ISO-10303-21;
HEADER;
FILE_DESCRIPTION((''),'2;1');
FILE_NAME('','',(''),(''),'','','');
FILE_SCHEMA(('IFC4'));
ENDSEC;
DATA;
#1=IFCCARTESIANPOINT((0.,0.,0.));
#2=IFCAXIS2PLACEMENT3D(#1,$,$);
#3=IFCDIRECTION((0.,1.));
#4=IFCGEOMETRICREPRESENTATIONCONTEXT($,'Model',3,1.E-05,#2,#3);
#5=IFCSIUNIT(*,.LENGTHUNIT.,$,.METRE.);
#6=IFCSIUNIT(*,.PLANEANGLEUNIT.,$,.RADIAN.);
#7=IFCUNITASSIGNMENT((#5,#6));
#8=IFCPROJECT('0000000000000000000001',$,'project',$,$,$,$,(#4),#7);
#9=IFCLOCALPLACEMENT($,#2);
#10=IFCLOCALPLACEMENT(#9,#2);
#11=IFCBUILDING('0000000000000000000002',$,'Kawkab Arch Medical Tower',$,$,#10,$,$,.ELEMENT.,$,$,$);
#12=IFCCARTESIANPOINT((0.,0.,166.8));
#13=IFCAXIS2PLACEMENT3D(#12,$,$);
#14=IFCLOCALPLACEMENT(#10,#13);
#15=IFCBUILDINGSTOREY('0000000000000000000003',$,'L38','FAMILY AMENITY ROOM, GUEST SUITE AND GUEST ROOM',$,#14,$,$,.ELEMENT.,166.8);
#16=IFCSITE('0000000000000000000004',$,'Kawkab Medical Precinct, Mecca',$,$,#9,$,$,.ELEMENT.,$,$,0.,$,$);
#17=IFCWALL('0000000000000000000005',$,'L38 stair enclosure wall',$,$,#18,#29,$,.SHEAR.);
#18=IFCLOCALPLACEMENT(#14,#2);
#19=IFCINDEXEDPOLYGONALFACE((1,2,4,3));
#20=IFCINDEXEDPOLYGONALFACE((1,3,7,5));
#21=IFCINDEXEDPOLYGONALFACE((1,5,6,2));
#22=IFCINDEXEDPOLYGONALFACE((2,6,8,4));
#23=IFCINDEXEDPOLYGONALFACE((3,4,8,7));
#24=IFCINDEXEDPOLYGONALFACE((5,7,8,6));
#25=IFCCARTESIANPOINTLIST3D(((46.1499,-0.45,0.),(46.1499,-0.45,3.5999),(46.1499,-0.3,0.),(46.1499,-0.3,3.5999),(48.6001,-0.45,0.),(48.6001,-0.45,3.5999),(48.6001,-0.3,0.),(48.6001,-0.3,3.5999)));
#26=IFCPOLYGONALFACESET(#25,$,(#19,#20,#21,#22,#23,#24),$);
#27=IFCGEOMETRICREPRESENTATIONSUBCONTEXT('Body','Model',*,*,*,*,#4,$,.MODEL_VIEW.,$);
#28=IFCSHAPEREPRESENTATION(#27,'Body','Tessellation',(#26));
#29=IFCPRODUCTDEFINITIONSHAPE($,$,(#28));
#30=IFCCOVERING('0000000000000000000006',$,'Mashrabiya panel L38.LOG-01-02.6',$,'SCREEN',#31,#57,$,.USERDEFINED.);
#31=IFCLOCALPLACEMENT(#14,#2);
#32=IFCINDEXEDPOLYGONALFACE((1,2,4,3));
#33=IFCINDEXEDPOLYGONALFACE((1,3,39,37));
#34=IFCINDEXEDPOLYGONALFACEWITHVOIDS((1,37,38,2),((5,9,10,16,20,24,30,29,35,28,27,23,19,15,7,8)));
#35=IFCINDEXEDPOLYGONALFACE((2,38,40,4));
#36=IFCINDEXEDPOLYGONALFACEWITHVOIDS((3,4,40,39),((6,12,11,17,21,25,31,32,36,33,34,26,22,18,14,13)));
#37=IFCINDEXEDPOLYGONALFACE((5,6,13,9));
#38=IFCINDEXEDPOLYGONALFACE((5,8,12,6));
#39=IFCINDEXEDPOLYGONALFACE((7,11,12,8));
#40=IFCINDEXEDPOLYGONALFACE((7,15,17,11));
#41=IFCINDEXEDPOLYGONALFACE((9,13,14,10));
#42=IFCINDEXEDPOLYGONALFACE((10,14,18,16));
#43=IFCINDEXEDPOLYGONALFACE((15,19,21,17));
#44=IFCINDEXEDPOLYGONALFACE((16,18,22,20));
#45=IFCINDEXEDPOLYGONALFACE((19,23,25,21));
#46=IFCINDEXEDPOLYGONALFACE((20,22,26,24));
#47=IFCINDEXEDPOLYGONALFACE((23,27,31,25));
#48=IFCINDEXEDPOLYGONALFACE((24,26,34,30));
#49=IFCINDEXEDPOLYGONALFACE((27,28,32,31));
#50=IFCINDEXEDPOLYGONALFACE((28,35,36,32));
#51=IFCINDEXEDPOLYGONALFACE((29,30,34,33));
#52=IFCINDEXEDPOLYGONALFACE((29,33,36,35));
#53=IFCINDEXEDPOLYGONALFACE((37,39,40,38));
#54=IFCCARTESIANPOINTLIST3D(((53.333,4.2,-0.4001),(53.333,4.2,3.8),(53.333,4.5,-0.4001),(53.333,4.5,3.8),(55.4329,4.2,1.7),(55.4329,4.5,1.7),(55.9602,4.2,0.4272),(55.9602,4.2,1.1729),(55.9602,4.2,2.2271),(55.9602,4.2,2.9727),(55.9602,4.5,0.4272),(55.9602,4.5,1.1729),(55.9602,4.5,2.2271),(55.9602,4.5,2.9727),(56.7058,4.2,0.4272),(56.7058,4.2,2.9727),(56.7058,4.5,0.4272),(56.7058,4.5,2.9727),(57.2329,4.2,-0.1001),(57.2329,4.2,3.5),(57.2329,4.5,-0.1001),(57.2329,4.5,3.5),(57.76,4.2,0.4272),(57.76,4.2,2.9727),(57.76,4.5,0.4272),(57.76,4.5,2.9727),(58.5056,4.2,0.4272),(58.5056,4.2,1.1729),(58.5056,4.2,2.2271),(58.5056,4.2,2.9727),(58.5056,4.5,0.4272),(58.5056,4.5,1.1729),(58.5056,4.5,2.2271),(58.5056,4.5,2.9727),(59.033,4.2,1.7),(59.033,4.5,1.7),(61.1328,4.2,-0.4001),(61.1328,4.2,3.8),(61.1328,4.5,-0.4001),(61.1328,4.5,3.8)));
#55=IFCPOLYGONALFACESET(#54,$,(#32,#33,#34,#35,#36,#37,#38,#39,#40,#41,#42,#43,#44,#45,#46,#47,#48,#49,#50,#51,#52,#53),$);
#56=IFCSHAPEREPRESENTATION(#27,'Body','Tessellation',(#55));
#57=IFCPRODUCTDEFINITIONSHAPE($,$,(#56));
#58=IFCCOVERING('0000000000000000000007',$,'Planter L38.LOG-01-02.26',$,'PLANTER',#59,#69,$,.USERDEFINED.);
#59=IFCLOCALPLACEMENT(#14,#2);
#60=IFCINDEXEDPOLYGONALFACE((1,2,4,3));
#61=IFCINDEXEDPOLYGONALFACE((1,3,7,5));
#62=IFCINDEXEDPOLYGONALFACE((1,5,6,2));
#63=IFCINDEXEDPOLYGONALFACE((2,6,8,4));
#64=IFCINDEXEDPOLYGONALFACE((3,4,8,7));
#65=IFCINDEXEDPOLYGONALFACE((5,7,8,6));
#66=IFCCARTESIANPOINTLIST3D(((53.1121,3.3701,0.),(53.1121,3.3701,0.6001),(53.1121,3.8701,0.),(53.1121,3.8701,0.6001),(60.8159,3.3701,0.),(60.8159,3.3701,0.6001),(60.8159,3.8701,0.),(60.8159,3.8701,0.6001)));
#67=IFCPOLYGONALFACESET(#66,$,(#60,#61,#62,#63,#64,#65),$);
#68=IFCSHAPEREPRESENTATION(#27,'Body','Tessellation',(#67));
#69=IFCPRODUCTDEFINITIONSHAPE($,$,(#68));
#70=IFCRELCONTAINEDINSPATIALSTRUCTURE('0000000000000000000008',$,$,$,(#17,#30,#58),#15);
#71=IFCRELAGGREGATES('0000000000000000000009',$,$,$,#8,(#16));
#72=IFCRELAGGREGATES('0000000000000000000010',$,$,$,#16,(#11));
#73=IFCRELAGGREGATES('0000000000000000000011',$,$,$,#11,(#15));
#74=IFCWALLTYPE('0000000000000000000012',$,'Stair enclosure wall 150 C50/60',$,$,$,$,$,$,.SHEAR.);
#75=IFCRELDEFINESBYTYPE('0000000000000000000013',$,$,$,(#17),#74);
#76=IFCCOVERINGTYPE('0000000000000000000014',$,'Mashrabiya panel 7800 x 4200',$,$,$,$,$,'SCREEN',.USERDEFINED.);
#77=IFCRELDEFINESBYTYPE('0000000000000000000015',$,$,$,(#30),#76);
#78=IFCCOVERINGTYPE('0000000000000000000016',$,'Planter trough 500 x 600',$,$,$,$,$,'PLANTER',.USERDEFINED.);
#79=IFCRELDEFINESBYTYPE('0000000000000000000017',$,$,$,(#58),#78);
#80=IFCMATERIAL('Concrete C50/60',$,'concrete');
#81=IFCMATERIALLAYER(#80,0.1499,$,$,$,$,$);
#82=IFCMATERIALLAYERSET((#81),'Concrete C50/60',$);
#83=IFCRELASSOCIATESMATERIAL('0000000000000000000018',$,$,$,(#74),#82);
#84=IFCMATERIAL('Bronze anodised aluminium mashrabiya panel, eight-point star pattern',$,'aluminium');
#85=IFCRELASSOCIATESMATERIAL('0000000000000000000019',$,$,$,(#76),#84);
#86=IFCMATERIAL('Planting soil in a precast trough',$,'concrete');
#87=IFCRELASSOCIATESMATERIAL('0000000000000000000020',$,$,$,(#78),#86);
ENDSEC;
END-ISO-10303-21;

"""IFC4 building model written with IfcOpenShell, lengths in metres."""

from ifc_helpers import new_model, si_unit, direction, frame, frame_2d, origin, origin_2d, place, context, subcontext, project, spatial, polyline, rectangle, outline, extrude, material, layer, layer_set, material_profile, profile_set, type_object, element, save


model = new_model("IFC4")

# Units and contexts
model_context = context("Model", 3, precision=1e-05, world=origin(), true_north=direction((0.0, 1.0)))
body_context = subcontext(model_context, "Body", "Model", "MODEL_VIEW")
ifc_project = project(units=[si_unit("LENGTHUNIT", "METRE"), si_unit("PLANEANGLEUNIT", "RADIAN")], contexts=[model_context])

# Site, building, storey
site_placement = place(None, origin())
site = spatial("IfcSite", under=ifc_project, at=site_placement, Name="Kawkab Medical Precinct, Mecca", CompositionType="ELEMENT", RefElevation=0.0)
building_placement = place(site_placement, origin())
building = spatial("IfcBuilding", under=site, at=building_placement, Name="Kawkab Arch Medical Tower", CompositionType="ELEMENT")
storey_placement = place(building_placement, frame((0.0, 0.0, 166.8)))
storey = spatial("IfcBuildingStorey", under=building, at=storey_placement, Name="L38", Description="FAMILY AMENITY ROOM, GUEST SUITE AND GUEST ROOM", CompositionType="ELEMENT", Elevation=166.8)

# Wall
ifc_material_1 = material(Name="Concrete C50/60", Category="concrete")
ifc_layer_1 = layer(ifc_material_1, 0.1499)
ifc_layer_set_1 = layer_set([ifc_layer_1], Name="Concrete C50/60")
wall_type_1 = type_object("IfcWallType", Name="Stair enclosure wall 150 C50/60", PredefinedType="SHEAR", material=ifc_layer_set_1)
wall_1_placement = place(storey_placement, frame((46.1499, -0.375, 0.0), z_axis=(0.0, 0.0, 1.0), x_axis=(1.0, 0.0, 0.0)))
element("IfcWall", 1, at=wall_1_placement, inside=storey, type_object=wall_type_1, Name="L38 stair enclosure wall", PredefinedType="SHEAR", context=body_context, shape_type="SweptSolid", body=[
    extrude(rectangle(XDim=2.4502, YDim=0.1499, at=frame_2d((1.2251, 0.0))), origin(), (0.0, 0.0, 1.0), 3.5999),
])

# Coverings
ifc_material_2 = material(Name="Bronze anodised aluminium mashrabiya panel, eight-point star pattern", Category="aluminium")
ifc_material_profile_1 = material_profile(ifc_material_2, outline(polyline([(-3.8999, -2.1001), (3.8999, -2.1001), (3.8999, 2.1001), (-3.8999, 2.1001), (-3.8999, -2.1001)]), holes=[polyline([(1.8, 0.0), (1.2727, 0.5271), (1.2727, 1.2727), (0.5271, 1.2727), (0.0, 1.8), (-0.5271, 1.2727), (-1.2727, 1.2727), (-1.2727, 0.5271), (-1.8, 0.0), (-1.2727, -0.5271), (-1.2727, -1.2727), (-0.5271, -1.2727), (0.0, -1.8), (0.5271, -1.2727), (1.2727, -1.2727), (1.2727, -0.5271), (1.8, 0.0)])]), Name="Mashrabiya panel 7800x4200")
ifc_profile_set_1 = profile_set([ifc_material_profile_1], Name="Bronze anodised aluminium mashrabiya panel, eight-point star pattern")
covering_type_1 = type_object("IfcCoveringType", Name="Mashrabiya panel 7800 x 4200", ElementType="SCREEN", PredefinedType="USERDEFINED", material=ifc_profile_set_1)
covering_1_placement = place(storey_placement, frame((57.2329, 4.2, 1.7), z_axis=(0.0, 1.0, 0.0), x_axis=(-1.0, 0.0, 0.0)))
element("IfcCovering", 2, at=covering_1_placement, inside=storey, type_object=covering_type_1, Name="Mashrabiya panel L38.LOG-01-02.6", ObjectType="SCREEN", PredefinedType="USERDEFINED", context=body_context, shape_type="SweptSolid", body=[
    extrude(outline(polyline([(-3.8999, -2.1001), (3.8999, -2.1001), (3.8999, 2.1001), (-3.8999, 2.1001), (-3.8999, -2.1001)]), holes=[polyline([(1.8, 0.0), (1.2727, 0.5271), (1.2727, 1.2727), (0.5271, 1.2727), (0.0, 1.8), (-0.5271, 1.2727), (-1.2727, 1.2727), (-1.2727, 0.5271), (-1.8, 0.0), (-1.2727, -0.5271), (-1.2727, -1.2727), (-0.5271, -1.2727), (0.0, -1.8), (0.5271, -1.2727), (1.2727, -1.2727), (1.2727, -0.5271), (1.8, 0.0)])]), origin(), (0.0, 0.0, 1.0), 0.3),
])
ifc_material_3 = material(Name="Planting soil in a precast trough", Category="concrete")
ifc_material_profile_2 = material_profile(ifc_material_3, rectangle(XDim=0.5, YDim=0.6001, at=origin_2d()), Name="Trough 500x600")
ifc_profile_set_2 = profile_set([ifc_material_profile_2], Name="Planting soil in a precast trough")
covering_type_2 = type_object("IfcCoveringType", Name="Planter trough 500 x 600", ElementType="PLANTER", PredefinedType="USERDEFINED", material=ifc_profile_set_2)
covering_2_placement = place(storey_placement, frame((53.1121, 3.6201, 0.3), z_axis=(1.0, 0.0, 0.0), x_axis=(0.0, 1.0, 0.0)))
element("IfcCovering", 3, at=covering_2_placement, inside=storey, type_object=covering_type_2, Name="Planter L38.LOG-01-02.26", ObjectType="PLANTER", PredefinedType="USERDEFINED", context=body_context, shape_type="SweptSolid", body=[
    extrude(rectangle(XDim=0.5, YDim=0.6001, at=origin_2d()), origin(), (0.0, 0.0, 1.0), 7.7039),
])

save(model, "model.ifc")
